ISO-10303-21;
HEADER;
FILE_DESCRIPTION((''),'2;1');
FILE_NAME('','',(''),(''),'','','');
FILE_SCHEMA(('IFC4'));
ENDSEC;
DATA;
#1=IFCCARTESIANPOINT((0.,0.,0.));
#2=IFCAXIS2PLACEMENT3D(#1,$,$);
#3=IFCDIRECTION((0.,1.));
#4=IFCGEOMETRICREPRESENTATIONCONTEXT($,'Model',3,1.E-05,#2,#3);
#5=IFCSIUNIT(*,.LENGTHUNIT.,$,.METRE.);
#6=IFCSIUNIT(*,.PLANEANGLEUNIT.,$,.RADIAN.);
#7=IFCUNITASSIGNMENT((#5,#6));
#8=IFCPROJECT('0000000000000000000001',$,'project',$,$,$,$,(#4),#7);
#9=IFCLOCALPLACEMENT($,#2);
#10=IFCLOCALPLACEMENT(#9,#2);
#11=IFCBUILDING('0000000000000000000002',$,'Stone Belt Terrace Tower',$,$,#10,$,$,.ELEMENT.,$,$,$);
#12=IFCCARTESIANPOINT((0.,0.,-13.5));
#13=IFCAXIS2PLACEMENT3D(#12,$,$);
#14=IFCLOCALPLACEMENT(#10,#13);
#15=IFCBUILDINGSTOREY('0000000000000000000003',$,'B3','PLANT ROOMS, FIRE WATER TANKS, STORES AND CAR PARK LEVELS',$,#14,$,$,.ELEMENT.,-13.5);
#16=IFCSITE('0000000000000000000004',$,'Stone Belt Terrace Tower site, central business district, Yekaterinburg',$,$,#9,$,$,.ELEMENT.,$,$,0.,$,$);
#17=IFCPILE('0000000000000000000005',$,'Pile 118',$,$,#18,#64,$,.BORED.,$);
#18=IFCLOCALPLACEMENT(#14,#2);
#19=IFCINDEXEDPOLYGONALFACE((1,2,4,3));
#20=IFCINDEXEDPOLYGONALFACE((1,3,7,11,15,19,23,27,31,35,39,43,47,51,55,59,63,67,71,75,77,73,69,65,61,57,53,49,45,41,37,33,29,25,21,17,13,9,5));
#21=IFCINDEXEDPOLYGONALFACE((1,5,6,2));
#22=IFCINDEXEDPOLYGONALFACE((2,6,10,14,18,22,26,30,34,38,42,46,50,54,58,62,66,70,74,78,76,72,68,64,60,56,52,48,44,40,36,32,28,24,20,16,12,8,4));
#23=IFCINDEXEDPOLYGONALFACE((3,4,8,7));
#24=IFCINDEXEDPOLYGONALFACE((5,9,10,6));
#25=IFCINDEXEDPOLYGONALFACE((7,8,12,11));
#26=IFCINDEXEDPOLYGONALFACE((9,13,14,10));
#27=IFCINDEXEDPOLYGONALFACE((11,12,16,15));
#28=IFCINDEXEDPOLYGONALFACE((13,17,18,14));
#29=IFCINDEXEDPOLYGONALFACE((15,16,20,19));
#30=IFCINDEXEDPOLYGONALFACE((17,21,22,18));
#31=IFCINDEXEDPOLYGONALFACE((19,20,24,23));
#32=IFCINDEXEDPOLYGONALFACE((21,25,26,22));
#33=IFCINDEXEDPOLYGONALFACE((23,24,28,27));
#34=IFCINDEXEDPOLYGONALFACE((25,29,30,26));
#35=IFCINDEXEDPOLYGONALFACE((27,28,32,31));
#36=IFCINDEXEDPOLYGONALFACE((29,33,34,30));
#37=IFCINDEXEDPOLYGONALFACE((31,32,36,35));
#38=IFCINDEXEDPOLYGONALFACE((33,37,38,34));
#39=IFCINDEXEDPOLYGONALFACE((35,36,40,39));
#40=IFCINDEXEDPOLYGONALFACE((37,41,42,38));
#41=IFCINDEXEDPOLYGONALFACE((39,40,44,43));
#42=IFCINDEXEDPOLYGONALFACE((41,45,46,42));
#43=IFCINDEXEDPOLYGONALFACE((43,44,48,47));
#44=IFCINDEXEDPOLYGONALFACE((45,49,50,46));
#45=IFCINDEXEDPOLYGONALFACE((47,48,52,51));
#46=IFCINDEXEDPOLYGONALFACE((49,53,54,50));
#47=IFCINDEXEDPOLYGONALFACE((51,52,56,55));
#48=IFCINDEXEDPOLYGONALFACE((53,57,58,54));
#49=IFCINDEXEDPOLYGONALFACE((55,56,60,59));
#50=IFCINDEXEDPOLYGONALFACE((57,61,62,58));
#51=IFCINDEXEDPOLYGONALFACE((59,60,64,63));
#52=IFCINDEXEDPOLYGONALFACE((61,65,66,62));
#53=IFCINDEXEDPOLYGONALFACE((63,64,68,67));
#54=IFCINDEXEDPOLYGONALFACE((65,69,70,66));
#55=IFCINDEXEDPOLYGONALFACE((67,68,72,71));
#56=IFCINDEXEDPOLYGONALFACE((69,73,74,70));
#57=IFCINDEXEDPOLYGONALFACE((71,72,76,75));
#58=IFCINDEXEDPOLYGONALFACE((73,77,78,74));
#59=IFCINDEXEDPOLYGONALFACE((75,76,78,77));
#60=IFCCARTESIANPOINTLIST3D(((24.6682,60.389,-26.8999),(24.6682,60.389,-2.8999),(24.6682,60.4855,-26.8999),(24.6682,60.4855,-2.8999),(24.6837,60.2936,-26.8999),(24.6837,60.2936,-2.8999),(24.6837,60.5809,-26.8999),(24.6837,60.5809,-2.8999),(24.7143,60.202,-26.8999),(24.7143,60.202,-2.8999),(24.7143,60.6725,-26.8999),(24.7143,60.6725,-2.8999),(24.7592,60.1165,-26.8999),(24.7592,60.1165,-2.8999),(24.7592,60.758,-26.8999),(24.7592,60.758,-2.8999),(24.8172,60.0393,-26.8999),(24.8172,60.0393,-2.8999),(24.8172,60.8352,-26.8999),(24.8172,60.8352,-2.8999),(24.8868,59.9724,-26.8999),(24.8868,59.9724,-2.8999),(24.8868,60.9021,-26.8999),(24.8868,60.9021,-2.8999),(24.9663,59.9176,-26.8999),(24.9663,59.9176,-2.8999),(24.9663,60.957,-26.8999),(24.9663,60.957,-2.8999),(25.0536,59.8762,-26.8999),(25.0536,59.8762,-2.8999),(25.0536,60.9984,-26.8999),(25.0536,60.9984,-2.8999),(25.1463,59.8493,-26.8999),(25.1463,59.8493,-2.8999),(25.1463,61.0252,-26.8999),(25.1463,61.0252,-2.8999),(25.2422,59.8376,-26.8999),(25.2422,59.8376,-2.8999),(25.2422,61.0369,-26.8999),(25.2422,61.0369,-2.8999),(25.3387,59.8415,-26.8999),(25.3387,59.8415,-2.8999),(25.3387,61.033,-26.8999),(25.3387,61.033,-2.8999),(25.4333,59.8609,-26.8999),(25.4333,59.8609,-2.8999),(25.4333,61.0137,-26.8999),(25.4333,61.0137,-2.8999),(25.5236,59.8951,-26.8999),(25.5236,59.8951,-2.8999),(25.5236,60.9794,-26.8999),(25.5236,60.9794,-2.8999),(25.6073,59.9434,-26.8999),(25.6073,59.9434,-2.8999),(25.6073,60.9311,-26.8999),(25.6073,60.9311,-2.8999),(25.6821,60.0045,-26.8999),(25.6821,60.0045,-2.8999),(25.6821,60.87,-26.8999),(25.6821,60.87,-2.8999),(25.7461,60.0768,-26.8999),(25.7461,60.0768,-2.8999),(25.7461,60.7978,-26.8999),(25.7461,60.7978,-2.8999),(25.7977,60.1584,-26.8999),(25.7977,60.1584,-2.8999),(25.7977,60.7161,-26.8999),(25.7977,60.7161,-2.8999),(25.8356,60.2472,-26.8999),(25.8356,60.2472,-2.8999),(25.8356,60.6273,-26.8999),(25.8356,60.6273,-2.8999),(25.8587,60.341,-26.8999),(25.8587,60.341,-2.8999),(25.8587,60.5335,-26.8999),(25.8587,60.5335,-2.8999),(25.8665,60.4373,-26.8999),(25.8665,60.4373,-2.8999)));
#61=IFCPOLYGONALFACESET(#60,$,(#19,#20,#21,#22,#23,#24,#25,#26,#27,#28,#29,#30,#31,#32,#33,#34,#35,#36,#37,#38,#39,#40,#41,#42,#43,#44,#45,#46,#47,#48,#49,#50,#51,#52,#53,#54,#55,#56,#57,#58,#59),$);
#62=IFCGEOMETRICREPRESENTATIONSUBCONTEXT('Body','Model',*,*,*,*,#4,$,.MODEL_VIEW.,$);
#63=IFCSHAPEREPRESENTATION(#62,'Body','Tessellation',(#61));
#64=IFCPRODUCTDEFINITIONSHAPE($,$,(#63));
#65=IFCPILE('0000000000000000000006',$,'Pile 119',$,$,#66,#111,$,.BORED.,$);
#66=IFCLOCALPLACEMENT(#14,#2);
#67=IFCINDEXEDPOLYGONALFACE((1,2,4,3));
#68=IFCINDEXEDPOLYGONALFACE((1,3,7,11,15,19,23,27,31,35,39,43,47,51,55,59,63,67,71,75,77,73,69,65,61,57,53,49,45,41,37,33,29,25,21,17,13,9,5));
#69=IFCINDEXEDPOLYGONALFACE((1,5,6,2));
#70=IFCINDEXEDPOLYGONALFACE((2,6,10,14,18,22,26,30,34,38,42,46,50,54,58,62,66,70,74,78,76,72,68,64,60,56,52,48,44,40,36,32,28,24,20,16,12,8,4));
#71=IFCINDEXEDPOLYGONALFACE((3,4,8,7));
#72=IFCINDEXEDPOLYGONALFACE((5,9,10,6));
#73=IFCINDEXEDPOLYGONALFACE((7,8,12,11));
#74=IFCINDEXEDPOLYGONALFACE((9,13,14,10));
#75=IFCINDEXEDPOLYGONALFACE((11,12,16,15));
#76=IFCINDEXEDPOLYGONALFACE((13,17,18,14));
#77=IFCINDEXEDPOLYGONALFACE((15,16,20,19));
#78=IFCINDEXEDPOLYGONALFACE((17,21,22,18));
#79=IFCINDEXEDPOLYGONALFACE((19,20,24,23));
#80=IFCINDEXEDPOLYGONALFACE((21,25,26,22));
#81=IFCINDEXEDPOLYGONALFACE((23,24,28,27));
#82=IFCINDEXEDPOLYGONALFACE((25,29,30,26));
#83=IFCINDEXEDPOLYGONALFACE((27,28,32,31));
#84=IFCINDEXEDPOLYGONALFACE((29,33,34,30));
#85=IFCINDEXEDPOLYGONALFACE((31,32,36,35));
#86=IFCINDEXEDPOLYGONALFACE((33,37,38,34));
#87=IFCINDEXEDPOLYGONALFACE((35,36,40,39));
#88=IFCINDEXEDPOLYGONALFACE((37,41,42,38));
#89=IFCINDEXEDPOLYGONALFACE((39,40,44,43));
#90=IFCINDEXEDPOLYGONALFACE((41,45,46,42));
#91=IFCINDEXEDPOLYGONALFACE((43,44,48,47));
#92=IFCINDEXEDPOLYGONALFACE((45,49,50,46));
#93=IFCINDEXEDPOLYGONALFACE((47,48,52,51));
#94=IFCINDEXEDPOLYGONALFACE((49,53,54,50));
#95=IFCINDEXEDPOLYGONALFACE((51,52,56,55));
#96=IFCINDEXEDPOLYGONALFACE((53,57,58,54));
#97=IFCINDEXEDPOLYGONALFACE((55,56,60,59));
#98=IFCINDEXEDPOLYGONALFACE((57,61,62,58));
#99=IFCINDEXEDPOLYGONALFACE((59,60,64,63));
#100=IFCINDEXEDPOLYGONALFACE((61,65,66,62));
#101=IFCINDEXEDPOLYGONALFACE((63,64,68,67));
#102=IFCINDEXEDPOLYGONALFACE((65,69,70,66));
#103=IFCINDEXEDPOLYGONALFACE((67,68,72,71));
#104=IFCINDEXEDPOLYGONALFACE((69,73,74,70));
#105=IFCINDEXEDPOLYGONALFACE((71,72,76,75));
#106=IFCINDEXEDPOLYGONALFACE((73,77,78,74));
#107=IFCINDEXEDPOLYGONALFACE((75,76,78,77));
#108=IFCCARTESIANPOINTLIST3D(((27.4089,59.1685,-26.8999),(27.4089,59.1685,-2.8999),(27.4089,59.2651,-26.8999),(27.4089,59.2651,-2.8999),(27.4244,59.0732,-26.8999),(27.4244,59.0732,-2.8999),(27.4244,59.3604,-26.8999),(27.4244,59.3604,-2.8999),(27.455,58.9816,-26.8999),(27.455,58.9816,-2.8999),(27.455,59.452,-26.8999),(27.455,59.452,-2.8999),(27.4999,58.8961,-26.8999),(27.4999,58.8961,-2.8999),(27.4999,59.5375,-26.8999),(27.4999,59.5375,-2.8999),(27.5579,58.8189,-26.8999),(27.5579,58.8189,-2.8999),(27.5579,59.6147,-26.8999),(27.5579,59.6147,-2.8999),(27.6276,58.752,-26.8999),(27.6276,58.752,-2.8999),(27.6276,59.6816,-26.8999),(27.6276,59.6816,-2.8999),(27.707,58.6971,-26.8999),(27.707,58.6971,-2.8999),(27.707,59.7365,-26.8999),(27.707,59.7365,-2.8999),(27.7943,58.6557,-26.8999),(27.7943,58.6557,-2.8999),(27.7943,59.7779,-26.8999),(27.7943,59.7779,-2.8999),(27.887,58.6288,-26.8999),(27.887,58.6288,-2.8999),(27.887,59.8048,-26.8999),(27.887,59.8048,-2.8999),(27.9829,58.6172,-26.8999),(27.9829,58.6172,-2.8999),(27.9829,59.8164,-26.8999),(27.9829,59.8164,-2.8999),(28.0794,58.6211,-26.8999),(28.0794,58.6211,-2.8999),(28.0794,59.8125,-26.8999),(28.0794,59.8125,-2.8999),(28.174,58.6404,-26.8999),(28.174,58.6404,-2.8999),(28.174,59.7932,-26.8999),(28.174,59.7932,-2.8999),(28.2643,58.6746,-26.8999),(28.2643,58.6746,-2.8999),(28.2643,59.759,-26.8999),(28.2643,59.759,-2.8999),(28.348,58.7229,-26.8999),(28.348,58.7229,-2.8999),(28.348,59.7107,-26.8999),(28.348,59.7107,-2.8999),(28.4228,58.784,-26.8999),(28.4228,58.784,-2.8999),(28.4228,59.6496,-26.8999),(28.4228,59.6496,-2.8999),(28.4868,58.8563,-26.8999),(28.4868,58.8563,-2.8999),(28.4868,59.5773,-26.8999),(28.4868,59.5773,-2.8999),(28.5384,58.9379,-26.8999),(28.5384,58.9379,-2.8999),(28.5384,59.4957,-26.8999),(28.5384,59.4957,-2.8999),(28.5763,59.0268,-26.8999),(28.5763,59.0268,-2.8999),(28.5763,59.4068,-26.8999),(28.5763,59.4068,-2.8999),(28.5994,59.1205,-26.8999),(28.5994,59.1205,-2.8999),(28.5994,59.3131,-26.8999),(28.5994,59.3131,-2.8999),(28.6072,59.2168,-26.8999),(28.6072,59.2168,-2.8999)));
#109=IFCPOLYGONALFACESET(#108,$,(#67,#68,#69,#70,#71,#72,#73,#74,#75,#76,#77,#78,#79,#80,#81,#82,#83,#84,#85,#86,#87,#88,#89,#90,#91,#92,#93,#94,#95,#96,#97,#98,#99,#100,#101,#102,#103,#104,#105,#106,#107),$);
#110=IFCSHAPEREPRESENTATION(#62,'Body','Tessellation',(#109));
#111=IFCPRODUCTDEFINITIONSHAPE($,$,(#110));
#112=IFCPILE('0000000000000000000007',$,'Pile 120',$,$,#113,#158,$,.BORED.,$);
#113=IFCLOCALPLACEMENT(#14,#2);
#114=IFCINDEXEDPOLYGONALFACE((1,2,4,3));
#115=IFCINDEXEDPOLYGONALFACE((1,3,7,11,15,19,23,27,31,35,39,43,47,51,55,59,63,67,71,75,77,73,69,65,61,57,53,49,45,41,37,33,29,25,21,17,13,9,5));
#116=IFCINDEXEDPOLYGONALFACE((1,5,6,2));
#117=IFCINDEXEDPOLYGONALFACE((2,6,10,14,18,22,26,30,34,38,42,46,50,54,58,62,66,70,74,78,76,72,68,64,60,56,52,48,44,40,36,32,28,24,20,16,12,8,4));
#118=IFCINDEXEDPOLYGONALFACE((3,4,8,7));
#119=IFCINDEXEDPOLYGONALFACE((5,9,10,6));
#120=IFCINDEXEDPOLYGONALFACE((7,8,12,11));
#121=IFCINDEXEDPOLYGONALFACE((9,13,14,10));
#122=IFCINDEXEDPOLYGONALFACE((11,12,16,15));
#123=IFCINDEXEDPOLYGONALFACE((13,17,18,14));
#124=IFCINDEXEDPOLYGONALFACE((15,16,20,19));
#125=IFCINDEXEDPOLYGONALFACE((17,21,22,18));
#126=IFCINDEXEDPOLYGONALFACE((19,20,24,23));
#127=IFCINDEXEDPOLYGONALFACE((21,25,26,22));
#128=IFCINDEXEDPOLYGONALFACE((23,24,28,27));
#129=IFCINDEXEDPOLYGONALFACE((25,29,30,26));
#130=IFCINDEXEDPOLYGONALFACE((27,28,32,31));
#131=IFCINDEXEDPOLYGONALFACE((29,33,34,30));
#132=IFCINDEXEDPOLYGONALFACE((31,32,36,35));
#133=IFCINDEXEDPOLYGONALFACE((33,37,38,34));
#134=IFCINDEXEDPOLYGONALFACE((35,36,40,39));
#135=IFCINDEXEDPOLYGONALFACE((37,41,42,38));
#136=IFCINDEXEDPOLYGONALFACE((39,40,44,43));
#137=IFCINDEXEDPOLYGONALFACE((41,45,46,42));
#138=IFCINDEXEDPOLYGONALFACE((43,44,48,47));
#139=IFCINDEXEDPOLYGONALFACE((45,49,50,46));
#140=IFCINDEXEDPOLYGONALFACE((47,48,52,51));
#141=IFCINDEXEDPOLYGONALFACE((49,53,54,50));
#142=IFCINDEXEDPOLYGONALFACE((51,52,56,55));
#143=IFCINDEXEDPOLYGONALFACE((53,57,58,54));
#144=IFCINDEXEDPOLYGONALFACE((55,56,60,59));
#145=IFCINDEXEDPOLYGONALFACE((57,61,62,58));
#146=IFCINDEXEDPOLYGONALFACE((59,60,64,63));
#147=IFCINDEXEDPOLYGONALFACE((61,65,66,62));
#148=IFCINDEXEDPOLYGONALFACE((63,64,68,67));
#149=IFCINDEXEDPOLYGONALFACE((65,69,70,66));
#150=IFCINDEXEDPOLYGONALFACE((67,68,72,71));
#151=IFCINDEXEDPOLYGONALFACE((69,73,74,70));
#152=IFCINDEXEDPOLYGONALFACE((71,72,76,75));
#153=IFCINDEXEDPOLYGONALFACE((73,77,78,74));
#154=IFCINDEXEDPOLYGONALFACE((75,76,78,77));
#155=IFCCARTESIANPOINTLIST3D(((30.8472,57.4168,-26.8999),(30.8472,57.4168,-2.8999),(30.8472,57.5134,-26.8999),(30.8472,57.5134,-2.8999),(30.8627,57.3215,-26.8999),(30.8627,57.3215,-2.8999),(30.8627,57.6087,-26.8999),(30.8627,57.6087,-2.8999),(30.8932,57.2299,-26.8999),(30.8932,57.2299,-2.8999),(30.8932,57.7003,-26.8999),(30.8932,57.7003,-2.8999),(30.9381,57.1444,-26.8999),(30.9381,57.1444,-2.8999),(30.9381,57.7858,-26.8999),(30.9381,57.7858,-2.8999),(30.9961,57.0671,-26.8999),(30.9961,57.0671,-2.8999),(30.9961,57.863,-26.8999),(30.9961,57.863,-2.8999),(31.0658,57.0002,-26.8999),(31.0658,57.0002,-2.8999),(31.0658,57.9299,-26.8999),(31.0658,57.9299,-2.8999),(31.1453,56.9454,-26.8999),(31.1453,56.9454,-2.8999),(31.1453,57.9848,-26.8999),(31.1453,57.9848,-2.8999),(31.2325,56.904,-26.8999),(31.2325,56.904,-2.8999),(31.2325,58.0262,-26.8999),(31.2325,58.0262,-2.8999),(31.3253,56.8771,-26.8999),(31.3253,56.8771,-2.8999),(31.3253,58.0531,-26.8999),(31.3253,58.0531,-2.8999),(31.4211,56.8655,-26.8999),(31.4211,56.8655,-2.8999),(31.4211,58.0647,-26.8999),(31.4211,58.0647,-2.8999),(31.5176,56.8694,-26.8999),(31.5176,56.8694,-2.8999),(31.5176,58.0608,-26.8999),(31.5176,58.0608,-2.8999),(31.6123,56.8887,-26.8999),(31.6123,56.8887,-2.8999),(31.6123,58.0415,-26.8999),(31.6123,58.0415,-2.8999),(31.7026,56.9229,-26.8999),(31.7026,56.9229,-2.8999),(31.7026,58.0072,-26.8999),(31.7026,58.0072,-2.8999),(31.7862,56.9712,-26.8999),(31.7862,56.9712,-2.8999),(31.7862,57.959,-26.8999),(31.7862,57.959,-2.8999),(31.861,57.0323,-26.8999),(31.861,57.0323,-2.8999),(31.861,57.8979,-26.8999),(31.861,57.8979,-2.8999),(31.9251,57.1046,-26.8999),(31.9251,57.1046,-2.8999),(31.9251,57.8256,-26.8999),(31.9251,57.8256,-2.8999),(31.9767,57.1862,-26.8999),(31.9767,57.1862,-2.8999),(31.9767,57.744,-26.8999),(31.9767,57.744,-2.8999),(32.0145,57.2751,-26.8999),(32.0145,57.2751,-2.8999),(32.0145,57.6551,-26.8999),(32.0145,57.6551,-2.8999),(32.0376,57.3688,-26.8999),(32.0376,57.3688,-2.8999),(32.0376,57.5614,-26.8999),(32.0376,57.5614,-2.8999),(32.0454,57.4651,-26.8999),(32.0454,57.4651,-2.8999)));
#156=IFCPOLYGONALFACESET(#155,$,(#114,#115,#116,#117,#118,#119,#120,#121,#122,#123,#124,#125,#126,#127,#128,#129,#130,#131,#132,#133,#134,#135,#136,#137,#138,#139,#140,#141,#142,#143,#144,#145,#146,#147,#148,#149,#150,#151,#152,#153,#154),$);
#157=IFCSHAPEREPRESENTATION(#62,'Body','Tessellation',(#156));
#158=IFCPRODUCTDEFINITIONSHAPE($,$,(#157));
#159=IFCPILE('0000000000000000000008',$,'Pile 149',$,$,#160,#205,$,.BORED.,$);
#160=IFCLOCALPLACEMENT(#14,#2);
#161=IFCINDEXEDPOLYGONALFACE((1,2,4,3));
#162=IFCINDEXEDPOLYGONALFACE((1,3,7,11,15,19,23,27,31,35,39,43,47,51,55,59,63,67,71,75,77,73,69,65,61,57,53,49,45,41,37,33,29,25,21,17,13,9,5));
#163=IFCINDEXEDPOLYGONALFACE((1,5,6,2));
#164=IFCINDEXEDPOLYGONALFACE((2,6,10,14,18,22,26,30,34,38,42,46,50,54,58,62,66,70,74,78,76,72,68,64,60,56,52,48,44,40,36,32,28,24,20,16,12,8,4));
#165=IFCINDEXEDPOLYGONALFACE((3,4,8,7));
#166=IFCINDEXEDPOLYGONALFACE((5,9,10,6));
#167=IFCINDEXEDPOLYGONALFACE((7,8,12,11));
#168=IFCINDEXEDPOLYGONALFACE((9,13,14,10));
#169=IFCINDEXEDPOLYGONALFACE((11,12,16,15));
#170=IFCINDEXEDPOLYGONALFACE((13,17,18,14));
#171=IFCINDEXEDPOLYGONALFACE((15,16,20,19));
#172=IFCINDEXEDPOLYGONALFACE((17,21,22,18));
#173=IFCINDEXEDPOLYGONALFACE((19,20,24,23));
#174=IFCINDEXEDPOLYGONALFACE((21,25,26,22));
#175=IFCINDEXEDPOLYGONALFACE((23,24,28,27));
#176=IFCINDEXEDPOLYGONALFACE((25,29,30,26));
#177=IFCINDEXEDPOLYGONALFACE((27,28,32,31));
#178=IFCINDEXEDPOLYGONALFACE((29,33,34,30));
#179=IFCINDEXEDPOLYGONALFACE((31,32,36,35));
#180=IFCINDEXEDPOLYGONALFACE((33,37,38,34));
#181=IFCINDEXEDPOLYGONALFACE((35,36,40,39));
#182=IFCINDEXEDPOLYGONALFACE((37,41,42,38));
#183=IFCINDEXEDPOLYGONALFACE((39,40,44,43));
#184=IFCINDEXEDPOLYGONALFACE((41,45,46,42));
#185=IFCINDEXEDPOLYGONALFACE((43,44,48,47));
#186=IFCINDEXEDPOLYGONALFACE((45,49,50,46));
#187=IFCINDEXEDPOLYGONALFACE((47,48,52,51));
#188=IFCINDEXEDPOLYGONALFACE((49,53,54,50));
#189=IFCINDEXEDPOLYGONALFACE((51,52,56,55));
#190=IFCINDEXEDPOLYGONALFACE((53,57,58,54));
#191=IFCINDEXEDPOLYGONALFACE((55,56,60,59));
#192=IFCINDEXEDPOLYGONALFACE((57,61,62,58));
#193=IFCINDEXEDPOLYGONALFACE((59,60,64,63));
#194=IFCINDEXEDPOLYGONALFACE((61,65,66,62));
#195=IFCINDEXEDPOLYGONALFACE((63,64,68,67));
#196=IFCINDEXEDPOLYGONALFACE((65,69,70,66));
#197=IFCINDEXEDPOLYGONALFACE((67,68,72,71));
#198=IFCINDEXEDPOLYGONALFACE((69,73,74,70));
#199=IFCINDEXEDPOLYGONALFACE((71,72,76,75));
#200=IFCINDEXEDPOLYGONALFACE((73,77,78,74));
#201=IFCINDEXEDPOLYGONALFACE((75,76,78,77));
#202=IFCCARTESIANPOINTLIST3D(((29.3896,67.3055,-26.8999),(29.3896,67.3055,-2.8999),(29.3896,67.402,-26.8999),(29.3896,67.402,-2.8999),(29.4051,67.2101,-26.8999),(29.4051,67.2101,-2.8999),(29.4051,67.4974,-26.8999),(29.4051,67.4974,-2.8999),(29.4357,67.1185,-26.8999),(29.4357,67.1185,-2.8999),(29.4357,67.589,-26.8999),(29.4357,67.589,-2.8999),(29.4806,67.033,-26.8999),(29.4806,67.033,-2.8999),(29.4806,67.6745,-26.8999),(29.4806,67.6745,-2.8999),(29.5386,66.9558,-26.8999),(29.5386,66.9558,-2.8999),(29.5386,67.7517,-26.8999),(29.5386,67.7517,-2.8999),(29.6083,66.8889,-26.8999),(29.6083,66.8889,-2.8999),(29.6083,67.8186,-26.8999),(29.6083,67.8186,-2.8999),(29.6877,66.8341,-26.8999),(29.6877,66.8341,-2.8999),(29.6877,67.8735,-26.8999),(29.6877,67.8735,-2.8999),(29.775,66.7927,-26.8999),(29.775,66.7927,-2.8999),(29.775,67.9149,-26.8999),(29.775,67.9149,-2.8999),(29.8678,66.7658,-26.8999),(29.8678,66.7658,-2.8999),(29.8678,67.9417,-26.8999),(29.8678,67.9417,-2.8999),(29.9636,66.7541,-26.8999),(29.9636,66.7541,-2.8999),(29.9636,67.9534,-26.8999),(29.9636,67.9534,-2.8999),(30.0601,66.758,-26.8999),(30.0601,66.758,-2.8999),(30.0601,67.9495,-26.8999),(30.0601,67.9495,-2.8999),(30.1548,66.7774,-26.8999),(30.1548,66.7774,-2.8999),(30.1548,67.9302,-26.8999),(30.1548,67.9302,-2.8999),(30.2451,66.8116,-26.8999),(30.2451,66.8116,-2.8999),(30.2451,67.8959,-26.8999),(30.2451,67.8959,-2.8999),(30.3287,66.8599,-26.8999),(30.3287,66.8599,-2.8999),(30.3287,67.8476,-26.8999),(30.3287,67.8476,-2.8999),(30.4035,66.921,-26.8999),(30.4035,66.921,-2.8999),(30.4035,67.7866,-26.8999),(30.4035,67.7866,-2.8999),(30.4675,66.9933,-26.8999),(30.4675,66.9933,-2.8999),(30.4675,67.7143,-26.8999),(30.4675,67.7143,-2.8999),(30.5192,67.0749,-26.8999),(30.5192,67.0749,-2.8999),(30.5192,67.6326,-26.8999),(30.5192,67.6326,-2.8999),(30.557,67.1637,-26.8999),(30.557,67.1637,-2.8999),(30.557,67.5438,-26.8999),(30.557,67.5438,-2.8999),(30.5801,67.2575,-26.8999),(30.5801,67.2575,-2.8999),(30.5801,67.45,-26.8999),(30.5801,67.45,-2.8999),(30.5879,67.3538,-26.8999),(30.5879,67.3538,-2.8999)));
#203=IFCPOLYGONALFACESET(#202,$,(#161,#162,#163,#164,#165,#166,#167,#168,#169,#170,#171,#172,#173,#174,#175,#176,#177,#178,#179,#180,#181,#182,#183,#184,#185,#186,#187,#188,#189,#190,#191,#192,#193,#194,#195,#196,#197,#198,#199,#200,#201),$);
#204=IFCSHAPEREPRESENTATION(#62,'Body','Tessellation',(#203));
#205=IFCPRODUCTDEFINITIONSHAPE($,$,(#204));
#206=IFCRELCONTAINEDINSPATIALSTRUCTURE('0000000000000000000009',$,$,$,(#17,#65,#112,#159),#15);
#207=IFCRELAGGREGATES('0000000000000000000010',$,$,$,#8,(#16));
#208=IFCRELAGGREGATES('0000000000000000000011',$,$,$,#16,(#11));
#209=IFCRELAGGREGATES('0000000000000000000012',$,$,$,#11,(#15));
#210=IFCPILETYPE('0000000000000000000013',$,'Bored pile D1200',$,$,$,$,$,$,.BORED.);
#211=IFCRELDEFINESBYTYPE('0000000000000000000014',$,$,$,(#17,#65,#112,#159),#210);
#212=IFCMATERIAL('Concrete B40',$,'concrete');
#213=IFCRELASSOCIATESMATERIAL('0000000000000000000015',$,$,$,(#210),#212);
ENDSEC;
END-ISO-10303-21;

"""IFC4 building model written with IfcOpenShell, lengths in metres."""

from ifc_helpers import new_model, si_unit, direction, frame, origin, origin_2d, place, context, subcontext, project, spatial, circle, extrude, material, material_profile, profile_set, type_object, element, save


model = new_model("IFC4")

# Units and contexts
model_context = context("Model", 3, precision=1e-05, world=origin(), true_north=direction((0.0, 1.0)))
body_context = subcontext(model_context, "Body", "Model", "MODEL_VIEW")
ifc_project = project(units=[si_unit("LENGTHUNIT", "METRE"), si_unit("PLANEANGLEUNIT", "RADIAN")], contexts=[model_context])

# Site, building, storey
site_placement = place(None, origin())
site = spatial("IfcSite", under=ifc_project, at=site_placement, Name="Stone Belt Terrace Tower site, central business district, Yekaterinburg", CompositionType="ELEMENT", RefElevation=0.0)
building_placement = place(site_placement, origin())
building = spatial("IfcBuilding", under=site, at=building_placement, Name="Stone Belt Terrace Tower", CompositionType="ELEMENT")
storey_placement = place(building_placement, frame((0.0, 0.0, -13.5)))
storey = spatial("IfcBuildingStorey", under=building, at=storey_placement, Name="B3", Description="PLANT ROOMS, FIRE WATER TANKS, STORES AND CAR PARK LEVELS", CompositionType="ELEMENT", Elevation=-13.5)

# Piles
ifc_material_1 = material(Name="Concrete B40", Category="concrete")
ifc_material_profile_1 = material_profile(ifc_material_1, circle(Radius=0.6001, at=origin_2d()), Name="PILE D1200")
ifc_profile_set_1 = profile_set([ifc_material_profile_1], Name="Concrete B40")
pile_type = type_object("IfcPileType", Name="Bored pile D1200", PredefinedType="BORED", material=ifc_profile_set_1)
for number, where, z_axis, x_axis, name in (
    (1, (25.2664, 60.4373, -2.8999), (0.0, 0.0, -1.0), (1.0, 0.0, 0.0), "Pile 118"),
    (2, (28.0071, 59.2168, -2.8999), (0.0, 0.0, -1.0), (1.0, 0.0, 0.0), "Pile 119"),
    (3, (31.4453, 57.4651, -2.8999), (0.0, 0.0, -1.0), (1.0, 0.0, 0.0), "Pile 120"),
    (4, (29.9878, 67.3538, -2.8999), (0.0, 0.0, -1.0), (1.0, 0.0, 0.0), "Pile 149"),
):
    element("IfcPile", number, at=place(storey_placement, frame(where, z_axis=z_axis, x_axis=x_axis)), inside=storey, type_object=pile_type, Name=name, PredefinedType="BORED", context=body_context, shape_type="SweptSolid", body=[
        extrude(circle(Radius=0.6001, at=origin_2d()), origin(), (0.0, 0.0, 1.0), 24.0),
    ])

save(model, "model.ifc")
